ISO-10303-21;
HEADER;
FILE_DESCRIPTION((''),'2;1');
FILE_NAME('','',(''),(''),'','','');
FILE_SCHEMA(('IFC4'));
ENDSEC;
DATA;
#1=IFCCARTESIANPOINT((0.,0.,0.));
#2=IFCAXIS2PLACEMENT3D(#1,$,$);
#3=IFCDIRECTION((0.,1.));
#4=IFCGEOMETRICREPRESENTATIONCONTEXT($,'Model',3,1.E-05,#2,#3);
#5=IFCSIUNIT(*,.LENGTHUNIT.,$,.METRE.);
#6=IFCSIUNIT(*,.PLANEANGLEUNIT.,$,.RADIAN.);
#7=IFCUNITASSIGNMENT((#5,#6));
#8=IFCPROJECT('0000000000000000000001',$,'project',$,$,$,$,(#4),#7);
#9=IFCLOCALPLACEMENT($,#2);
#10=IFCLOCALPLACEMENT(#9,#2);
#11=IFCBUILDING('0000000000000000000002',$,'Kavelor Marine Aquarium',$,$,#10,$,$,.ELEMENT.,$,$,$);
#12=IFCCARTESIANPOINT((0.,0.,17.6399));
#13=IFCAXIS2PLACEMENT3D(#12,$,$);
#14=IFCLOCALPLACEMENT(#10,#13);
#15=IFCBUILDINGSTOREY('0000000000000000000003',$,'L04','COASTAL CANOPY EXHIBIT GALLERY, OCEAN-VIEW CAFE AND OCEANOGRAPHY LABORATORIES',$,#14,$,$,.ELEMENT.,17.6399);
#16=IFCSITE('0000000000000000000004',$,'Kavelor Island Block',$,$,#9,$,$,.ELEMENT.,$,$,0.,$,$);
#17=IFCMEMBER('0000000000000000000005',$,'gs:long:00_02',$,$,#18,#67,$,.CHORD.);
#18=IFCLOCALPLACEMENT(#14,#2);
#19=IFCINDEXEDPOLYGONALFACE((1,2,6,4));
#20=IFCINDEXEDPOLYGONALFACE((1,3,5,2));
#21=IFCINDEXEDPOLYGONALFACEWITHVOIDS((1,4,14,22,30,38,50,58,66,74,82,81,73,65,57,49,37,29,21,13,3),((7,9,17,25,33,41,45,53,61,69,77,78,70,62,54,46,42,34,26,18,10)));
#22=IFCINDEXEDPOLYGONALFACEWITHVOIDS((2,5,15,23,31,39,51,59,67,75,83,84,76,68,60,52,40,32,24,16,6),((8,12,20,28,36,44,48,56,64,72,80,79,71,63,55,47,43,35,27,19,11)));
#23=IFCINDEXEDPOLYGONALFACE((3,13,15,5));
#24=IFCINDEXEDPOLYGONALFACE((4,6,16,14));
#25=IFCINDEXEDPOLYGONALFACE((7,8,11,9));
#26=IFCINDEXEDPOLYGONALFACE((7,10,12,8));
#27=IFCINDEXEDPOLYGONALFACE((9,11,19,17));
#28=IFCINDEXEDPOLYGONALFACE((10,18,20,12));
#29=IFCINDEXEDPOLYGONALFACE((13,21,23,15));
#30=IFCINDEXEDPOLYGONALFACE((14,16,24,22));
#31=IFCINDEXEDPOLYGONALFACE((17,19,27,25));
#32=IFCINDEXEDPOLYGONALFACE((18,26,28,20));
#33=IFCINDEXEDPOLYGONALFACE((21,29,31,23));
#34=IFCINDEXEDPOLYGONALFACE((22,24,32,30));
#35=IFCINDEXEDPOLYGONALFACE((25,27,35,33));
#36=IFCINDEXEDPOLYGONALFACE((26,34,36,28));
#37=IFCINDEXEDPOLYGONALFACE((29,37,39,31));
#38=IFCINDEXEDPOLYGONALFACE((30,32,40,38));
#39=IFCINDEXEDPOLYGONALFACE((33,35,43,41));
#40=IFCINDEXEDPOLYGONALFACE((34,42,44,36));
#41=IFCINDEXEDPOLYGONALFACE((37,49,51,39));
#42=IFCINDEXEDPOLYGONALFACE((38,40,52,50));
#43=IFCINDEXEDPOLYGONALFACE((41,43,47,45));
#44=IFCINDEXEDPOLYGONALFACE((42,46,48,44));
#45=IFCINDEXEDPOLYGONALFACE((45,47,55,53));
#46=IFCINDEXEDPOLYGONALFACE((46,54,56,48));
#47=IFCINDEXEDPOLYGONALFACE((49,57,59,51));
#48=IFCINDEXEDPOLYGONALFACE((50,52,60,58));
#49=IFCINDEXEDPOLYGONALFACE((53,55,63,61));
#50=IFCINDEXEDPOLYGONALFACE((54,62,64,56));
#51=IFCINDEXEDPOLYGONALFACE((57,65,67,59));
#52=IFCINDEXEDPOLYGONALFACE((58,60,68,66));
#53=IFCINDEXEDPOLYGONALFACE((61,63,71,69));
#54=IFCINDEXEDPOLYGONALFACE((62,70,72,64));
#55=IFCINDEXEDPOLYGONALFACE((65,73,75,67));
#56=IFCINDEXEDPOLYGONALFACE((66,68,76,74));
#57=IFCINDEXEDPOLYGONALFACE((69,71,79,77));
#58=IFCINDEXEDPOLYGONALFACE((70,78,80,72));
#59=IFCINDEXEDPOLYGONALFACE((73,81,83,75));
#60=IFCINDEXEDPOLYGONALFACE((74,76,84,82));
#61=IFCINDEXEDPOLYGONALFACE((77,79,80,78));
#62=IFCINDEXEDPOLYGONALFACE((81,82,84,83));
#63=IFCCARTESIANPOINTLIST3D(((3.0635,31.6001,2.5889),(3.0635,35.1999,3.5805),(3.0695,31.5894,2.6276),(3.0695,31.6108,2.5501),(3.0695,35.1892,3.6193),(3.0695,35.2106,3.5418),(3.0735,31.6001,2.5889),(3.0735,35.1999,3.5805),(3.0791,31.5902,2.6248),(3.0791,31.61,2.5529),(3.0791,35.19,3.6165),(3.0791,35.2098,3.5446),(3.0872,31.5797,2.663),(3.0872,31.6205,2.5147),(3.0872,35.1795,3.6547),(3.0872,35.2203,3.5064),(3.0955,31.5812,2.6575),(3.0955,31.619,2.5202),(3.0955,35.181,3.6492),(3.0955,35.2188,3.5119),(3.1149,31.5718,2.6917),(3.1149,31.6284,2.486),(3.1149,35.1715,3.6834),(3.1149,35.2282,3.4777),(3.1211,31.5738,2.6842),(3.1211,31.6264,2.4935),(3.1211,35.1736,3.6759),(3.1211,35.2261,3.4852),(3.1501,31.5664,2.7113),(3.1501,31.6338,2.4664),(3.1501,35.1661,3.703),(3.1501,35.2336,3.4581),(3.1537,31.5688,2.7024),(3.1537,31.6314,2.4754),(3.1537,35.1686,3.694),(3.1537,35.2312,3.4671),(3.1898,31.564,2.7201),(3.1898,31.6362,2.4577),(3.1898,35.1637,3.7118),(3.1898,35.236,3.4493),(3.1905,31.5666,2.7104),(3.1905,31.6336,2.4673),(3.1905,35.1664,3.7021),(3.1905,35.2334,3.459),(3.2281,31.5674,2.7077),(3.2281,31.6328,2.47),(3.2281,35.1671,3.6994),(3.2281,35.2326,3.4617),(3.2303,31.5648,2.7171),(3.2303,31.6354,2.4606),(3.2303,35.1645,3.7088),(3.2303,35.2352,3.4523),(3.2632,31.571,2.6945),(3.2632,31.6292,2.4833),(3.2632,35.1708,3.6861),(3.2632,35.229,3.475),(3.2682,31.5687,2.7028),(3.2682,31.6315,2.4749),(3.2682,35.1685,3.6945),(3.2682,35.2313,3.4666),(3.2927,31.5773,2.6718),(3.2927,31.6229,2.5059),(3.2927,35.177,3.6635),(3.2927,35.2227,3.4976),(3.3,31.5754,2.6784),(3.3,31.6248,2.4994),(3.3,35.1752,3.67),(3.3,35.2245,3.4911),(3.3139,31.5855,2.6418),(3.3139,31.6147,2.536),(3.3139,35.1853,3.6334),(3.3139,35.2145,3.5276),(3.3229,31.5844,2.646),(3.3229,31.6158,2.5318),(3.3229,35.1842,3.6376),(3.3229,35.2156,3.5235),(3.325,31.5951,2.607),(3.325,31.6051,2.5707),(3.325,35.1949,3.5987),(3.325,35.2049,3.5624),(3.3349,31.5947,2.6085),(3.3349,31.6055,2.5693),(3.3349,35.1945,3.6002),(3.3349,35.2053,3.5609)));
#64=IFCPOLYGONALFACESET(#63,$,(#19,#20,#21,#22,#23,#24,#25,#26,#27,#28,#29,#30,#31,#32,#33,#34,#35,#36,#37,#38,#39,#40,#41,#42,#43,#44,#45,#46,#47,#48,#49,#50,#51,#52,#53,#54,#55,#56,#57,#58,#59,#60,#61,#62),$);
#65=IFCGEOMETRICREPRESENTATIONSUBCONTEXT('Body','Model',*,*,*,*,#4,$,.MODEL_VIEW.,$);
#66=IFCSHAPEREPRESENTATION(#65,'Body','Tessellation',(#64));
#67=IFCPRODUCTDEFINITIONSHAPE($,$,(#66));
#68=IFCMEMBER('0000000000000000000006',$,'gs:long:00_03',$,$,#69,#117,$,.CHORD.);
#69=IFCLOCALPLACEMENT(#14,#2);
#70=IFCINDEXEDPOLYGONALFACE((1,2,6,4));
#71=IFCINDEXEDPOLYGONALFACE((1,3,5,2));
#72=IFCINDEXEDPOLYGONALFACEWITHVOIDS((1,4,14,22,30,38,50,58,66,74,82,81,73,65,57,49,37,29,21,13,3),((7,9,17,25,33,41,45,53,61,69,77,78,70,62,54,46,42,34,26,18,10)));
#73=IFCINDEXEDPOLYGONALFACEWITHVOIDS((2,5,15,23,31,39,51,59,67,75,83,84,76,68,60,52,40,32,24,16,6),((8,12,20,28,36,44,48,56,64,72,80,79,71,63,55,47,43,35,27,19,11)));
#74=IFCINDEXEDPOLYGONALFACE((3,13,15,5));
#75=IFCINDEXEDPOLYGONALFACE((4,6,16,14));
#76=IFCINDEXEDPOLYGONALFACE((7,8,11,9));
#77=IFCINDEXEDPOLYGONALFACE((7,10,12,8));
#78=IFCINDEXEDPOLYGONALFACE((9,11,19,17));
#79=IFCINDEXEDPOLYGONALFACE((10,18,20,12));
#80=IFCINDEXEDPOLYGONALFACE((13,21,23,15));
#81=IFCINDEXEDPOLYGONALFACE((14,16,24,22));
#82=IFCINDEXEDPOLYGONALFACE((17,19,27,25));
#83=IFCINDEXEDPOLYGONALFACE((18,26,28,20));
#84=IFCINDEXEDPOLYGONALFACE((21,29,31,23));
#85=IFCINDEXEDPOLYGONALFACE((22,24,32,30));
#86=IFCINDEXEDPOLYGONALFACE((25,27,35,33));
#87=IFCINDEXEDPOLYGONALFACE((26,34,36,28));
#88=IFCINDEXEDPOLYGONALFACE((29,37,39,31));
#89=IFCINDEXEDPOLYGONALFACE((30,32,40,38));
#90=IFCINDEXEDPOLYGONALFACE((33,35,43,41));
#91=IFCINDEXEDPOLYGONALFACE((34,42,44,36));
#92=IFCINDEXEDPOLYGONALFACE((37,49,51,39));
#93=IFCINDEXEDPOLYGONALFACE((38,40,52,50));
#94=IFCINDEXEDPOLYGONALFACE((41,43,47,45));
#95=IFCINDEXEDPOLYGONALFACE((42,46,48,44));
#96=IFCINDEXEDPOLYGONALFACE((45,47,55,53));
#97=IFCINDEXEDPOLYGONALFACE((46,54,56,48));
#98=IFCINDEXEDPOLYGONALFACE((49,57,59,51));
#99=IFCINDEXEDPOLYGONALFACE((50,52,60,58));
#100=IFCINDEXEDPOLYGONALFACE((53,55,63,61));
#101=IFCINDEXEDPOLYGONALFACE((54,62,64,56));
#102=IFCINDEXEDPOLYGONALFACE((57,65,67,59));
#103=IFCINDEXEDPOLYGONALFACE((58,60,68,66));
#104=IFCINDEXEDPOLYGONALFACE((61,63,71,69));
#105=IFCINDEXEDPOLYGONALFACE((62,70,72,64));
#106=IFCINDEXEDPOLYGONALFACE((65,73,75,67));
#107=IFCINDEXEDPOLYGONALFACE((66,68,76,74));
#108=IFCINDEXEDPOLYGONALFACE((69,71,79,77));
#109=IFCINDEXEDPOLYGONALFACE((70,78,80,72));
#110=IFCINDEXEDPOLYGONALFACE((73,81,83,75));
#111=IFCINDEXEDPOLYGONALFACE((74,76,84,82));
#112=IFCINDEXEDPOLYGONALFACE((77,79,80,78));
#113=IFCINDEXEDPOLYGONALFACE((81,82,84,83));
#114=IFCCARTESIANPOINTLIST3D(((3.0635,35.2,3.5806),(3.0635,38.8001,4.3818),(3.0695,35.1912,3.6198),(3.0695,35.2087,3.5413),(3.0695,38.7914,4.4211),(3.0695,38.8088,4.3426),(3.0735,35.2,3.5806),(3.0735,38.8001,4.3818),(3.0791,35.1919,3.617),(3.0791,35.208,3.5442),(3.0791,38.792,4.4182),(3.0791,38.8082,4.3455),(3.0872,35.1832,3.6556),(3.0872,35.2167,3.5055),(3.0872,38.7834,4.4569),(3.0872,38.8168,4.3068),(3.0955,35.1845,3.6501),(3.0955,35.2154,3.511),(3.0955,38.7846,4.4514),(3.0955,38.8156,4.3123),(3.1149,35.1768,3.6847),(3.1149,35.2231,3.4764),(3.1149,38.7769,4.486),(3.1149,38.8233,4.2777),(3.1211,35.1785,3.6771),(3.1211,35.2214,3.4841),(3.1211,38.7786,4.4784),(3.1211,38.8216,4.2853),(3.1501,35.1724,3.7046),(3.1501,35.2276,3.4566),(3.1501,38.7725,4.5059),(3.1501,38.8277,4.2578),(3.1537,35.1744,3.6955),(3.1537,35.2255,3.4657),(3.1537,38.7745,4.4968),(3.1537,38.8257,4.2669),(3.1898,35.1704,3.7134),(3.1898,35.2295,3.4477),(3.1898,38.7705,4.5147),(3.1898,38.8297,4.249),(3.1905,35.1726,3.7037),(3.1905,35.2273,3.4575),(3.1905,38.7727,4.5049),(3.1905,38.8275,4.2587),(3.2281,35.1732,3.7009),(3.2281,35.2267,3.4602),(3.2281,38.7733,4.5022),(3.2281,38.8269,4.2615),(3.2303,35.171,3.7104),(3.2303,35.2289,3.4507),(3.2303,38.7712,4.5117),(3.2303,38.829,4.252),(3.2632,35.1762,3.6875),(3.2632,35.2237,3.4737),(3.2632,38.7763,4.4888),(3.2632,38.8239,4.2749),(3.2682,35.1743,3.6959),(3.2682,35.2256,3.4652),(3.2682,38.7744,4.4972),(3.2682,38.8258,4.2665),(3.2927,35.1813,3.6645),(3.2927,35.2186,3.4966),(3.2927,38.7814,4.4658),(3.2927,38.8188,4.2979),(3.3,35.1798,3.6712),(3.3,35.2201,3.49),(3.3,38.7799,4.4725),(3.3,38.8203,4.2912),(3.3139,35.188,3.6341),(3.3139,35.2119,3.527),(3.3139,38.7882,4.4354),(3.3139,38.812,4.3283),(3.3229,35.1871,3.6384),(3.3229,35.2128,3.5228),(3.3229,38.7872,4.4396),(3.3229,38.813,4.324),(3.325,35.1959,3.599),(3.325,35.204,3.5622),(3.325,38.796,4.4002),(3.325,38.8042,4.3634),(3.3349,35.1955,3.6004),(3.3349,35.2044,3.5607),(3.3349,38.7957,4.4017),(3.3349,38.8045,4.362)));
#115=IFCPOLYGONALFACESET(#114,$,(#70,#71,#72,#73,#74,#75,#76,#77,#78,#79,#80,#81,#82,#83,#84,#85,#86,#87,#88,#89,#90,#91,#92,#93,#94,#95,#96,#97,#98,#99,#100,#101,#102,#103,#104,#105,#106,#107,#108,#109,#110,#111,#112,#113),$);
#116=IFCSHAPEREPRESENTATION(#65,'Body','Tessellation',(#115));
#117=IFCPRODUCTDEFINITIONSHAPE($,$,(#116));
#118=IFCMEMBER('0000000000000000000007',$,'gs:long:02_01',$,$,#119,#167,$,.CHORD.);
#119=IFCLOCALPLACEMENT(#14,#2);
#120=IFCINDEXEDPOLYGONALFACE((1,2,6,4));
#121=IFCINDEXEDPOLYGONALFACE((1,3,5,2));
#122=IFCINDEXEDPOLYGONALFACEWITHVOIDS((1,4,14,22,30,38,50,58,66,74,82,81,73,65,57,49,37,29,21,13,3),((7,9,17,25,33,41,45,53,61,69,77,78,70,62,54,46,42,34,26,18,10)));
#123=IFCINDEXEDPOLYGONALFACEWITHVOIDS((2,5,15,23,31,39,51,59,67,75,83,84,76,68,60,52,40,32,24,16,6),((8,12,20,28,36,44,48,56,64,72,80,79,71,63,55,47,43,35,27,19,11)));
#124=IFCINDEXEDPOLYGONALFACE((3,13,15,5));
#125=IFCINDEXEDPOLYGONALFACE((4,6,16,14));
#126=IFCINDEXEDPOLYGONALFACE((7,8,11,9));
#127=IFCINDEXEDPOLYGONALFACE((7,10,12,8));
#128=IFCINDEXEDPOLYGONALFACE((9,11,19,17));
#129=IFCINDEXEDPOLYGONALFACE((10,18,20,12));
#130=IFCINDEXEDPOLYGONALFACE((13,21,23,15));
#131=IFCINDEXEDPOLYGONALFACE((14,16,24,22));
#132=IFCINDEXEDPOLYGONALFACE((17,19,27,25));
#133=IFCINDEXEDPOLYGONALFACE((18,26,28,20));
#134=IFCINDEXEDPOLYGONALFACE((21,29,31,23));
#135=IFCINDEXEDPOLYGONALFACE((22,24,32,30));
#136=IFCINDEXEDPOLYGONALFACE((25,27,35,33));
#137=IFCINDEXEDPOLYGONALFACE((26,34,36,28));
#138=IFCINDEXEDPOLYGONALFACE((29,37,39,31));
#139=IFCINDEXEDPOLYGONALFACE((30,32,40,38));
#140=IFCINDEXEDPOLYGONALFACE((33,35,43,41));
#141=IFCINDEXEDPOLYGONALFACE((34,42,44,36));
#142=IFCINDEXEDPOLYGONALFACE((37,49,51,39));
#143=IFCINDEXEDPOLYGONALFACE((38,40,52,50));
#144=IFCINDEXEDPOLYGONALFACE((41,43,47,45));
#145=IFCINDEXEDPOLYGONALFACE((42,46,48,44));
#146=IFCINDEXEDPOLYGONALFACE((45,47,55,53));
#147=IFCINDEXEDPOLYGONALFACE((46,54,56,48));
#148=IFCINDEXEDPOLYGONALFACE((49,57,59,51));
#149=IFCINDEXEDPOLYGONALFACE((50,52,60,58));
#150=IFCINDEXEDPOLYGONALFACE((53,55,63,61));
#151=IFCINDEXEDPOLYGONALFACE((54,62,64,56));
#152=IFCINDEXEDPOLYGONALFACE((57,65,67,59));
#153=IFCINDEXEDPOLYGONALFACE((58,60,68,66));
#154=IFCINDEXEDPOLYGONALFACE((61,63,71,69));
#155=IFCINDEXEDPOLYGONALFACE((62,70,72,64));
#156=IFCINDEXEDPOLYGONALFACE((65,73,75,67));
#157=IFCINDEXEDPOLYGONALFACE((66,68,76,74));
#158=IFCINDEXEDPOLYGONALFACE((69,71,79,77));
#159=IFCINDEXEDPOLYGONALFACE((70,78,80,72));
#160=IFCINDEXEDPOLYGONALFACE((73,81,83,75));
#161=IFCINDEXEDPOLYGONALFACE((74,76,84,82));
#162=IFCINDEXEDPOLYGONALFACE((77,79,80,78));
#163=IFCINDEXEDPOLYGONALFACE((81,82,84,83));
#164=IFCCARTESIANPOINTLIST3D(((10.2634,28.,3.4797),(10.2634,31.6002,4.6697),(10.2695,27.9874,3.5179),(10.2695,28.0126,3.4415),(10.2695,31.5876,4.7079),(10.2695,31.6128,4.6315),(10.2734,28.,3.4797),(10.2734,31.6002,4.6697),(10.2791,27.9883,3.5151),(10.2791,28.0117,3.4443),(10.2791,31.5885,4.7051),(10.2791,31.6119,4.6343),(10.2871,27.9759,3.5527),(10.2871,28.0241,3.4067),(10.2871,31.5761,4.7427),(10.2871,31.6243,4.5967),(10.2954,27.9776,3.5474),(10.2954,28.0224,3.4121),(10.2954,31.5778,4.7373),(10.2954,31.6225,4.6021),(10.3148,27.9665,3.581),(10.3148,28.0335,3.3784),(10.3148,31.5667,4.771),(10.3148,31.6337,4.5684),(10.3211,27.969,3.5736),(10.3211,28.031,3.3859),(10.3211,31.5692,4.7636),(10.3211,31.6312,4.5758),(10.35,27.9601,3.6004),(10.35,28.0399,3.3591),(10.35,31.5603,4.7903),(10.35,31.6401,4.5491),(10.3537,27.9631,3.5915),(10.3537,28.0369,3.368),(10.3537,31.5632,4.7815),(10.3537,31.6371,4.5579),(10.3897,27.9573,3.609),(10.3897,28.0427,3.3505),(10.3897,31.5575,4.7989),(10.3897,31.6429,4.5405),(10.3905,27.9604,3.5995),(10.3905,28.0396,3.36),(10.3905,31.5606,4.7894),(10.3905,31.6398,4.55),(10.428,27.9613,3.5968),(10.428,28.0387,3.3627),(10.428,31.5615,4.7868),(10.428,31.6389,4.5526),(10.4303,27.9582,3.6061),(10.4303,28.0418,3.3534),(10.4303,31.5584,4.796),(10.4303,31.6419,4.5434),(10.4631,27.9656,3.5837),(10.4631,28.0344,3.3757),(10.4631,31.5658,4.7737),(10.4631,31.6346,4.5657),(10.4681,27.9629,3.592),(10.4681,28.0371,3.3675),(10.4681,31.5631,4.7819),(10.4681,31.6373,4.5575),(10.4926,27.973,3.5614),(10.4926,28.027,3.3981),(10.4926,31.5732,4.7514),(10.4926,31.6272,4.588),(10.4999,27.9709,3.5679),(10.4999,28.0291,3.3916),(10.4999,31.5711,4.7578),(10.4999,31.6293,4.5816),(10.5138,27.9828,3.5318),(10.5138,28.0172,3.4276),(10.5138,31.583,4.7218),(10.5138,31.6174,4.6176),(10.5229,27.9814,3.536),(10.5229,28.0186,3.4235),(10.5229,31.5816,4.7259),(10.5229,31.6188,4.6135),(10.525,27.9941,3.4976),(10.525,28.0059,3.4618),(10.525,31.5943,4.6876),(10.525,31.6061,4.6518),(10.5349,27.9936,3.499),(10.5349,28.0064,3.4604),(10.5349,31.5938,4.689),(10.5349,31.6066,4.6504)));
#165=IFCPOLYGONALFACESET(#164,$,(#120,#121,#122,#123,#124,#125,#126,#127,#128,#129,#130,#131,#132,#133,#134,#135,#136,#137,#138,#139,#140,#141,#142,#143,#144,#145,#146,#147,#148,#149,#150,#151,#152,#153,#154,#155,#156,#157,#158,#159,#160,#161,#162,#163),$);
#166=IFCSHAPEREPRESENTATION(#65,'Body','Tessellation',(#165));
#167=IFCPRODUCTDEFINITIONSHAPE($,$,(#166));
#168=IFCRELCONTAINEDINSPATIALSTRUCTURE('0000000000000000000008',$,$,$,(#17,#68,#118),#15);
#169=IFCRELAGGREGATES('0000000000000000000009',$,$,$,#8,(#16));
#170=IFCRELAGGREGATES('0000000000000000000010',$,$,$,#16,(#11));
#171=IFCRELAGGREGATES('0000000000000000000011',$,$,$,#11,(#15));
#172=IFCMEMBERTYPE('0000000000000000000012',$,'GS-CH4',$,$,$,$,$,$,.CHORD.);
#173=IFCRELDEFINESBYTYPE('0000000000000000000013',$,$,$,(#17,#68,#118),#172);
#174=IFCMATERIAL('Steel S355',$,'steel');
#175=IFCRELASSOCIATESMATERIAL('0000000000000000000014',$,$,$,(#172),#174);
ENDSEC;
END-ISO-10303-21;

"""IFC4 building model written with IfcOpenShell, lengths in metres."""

from ifc_helpers import new_model, si_unit, direction, frame, origin, origin_2d, place, context, subcontext, project, spatial, hollow_circle, extrude, material, material_profile, profile_set, type_object, element, save


model = new_model("IFC4")

# Units and contexts
model_context = context("Model", 3, precision=1e-05, world=origin(), true_north=direction((0.0, 1.0)))
body_context = subcontext(model_context, "Body", "Model", "MODEL_VIEW")
ifc_project = project(units=[si_unit("LENGTHUNIT", "METRE"), si_unit("PLANEANGLEUNIT", "RADIAN")], contexts=[model_context])

# Site, building, storey
site_placement = place(None, origin())
site = spatial("IfcSite", under=ifc_project, at=site_placement, Name="Kavelor Island Block", CompositionType="ELEMENT", RefElevation=0.0)
building_placement = place(site_placement, origin())
building = spatial("IfcBuilding", under=site, at=building_placement, Name="Kavelor Marine Aquarium", CompositionType="ELEMENT")
storey_placement = place(building_placement, frame((0.0, 0.0, 17.6399)))
storey = spatial("IfcBuildingStorey", under=building, at=storey_placement, Name="L04", Description="COASTAL CANOPY EXHIBIT GALLERY, OCEAN-VIEW CAFE AND OCEANOGRAPHY LABORATORIES", CompositionType="ELEMENT", Elevation=17.6399)

# Members
ifc_material_1 = material(Name="Steel S355", Category="steel")
ifc_material_profile_1 = material_profile(ifc_material_1, hollow_circle(Radius=0.1365, WallThickness=0.01, at=origin_2d()), Name="CHS 273.0x10.0")
ifc_profile_set_1 = profile_set([ifc_material_profile_1], Name="Steel S355")
member_type_1 = type_object("IfcMemberType", Name="GS-CH4", PredefinedType="CHORD", material=ifc_profile_set_1)
member_1_placement = place(storey_placement, frame((3.2, 31.6001, 2.5889), z_axis=(0.0, 0.964086, 0.26559), x_axis=(-1.0, 0.0, 0.0)))
element("IfcMember", 1, at=member_1_placement, inside=storey, type_object=member_type_1, Name="gs:long:00_02", PredefinedType="CHORD", context=body_context, shape_type="SweptSolid", body=[
    extrude(hollow_circle(Radius=0.1365, WallThickness=0.01, at=origin_2d()), origin(), (0.0, 0.0, 1.0), 3.7339),
])
member_2_placement = place(storey_placement, frame((3.2, 35.2, 3.5806), z_axis=(0.0, 0.976115, 0.217253), x_axis=(-1.0, 0.0, 0.0)))
element("IfcMember", 2, at=member_2_placement, inside=storey, type_object=member_type_1, Name="gs:long:00_03", PredefinedType="CHORD", context=body_context, shape_type="SweptSolid", body=[
    extrude(hollow_circle(Radius=0.1365, WallThickness=0.01, at=origin_2d()), origin(), (0.0, 0.0, 1.0), 3.6882),
])
member_3_placement = place(storey_placement, frame((10.3999, 28.0, 3.4797), z_axis=(0.0, 0.949479, 0.313831), x_axis=(-1.0, 0.0, 0.0)))
element("IfcMember", 3, at=member_3_placement, inside=storey, type_object=member_type_1, Name="gs:long:02_01", PredefinedType="CHORD", context=body_context, shape_type="SweptSolid", body=[
    extrude(hollow_circle(Radius=0.1365, WallThickness=0.01, at=origin_2d()), origin(), (0.0, 0.0, 1.0), 3.7917),
])

save(model, "model.ifc")
